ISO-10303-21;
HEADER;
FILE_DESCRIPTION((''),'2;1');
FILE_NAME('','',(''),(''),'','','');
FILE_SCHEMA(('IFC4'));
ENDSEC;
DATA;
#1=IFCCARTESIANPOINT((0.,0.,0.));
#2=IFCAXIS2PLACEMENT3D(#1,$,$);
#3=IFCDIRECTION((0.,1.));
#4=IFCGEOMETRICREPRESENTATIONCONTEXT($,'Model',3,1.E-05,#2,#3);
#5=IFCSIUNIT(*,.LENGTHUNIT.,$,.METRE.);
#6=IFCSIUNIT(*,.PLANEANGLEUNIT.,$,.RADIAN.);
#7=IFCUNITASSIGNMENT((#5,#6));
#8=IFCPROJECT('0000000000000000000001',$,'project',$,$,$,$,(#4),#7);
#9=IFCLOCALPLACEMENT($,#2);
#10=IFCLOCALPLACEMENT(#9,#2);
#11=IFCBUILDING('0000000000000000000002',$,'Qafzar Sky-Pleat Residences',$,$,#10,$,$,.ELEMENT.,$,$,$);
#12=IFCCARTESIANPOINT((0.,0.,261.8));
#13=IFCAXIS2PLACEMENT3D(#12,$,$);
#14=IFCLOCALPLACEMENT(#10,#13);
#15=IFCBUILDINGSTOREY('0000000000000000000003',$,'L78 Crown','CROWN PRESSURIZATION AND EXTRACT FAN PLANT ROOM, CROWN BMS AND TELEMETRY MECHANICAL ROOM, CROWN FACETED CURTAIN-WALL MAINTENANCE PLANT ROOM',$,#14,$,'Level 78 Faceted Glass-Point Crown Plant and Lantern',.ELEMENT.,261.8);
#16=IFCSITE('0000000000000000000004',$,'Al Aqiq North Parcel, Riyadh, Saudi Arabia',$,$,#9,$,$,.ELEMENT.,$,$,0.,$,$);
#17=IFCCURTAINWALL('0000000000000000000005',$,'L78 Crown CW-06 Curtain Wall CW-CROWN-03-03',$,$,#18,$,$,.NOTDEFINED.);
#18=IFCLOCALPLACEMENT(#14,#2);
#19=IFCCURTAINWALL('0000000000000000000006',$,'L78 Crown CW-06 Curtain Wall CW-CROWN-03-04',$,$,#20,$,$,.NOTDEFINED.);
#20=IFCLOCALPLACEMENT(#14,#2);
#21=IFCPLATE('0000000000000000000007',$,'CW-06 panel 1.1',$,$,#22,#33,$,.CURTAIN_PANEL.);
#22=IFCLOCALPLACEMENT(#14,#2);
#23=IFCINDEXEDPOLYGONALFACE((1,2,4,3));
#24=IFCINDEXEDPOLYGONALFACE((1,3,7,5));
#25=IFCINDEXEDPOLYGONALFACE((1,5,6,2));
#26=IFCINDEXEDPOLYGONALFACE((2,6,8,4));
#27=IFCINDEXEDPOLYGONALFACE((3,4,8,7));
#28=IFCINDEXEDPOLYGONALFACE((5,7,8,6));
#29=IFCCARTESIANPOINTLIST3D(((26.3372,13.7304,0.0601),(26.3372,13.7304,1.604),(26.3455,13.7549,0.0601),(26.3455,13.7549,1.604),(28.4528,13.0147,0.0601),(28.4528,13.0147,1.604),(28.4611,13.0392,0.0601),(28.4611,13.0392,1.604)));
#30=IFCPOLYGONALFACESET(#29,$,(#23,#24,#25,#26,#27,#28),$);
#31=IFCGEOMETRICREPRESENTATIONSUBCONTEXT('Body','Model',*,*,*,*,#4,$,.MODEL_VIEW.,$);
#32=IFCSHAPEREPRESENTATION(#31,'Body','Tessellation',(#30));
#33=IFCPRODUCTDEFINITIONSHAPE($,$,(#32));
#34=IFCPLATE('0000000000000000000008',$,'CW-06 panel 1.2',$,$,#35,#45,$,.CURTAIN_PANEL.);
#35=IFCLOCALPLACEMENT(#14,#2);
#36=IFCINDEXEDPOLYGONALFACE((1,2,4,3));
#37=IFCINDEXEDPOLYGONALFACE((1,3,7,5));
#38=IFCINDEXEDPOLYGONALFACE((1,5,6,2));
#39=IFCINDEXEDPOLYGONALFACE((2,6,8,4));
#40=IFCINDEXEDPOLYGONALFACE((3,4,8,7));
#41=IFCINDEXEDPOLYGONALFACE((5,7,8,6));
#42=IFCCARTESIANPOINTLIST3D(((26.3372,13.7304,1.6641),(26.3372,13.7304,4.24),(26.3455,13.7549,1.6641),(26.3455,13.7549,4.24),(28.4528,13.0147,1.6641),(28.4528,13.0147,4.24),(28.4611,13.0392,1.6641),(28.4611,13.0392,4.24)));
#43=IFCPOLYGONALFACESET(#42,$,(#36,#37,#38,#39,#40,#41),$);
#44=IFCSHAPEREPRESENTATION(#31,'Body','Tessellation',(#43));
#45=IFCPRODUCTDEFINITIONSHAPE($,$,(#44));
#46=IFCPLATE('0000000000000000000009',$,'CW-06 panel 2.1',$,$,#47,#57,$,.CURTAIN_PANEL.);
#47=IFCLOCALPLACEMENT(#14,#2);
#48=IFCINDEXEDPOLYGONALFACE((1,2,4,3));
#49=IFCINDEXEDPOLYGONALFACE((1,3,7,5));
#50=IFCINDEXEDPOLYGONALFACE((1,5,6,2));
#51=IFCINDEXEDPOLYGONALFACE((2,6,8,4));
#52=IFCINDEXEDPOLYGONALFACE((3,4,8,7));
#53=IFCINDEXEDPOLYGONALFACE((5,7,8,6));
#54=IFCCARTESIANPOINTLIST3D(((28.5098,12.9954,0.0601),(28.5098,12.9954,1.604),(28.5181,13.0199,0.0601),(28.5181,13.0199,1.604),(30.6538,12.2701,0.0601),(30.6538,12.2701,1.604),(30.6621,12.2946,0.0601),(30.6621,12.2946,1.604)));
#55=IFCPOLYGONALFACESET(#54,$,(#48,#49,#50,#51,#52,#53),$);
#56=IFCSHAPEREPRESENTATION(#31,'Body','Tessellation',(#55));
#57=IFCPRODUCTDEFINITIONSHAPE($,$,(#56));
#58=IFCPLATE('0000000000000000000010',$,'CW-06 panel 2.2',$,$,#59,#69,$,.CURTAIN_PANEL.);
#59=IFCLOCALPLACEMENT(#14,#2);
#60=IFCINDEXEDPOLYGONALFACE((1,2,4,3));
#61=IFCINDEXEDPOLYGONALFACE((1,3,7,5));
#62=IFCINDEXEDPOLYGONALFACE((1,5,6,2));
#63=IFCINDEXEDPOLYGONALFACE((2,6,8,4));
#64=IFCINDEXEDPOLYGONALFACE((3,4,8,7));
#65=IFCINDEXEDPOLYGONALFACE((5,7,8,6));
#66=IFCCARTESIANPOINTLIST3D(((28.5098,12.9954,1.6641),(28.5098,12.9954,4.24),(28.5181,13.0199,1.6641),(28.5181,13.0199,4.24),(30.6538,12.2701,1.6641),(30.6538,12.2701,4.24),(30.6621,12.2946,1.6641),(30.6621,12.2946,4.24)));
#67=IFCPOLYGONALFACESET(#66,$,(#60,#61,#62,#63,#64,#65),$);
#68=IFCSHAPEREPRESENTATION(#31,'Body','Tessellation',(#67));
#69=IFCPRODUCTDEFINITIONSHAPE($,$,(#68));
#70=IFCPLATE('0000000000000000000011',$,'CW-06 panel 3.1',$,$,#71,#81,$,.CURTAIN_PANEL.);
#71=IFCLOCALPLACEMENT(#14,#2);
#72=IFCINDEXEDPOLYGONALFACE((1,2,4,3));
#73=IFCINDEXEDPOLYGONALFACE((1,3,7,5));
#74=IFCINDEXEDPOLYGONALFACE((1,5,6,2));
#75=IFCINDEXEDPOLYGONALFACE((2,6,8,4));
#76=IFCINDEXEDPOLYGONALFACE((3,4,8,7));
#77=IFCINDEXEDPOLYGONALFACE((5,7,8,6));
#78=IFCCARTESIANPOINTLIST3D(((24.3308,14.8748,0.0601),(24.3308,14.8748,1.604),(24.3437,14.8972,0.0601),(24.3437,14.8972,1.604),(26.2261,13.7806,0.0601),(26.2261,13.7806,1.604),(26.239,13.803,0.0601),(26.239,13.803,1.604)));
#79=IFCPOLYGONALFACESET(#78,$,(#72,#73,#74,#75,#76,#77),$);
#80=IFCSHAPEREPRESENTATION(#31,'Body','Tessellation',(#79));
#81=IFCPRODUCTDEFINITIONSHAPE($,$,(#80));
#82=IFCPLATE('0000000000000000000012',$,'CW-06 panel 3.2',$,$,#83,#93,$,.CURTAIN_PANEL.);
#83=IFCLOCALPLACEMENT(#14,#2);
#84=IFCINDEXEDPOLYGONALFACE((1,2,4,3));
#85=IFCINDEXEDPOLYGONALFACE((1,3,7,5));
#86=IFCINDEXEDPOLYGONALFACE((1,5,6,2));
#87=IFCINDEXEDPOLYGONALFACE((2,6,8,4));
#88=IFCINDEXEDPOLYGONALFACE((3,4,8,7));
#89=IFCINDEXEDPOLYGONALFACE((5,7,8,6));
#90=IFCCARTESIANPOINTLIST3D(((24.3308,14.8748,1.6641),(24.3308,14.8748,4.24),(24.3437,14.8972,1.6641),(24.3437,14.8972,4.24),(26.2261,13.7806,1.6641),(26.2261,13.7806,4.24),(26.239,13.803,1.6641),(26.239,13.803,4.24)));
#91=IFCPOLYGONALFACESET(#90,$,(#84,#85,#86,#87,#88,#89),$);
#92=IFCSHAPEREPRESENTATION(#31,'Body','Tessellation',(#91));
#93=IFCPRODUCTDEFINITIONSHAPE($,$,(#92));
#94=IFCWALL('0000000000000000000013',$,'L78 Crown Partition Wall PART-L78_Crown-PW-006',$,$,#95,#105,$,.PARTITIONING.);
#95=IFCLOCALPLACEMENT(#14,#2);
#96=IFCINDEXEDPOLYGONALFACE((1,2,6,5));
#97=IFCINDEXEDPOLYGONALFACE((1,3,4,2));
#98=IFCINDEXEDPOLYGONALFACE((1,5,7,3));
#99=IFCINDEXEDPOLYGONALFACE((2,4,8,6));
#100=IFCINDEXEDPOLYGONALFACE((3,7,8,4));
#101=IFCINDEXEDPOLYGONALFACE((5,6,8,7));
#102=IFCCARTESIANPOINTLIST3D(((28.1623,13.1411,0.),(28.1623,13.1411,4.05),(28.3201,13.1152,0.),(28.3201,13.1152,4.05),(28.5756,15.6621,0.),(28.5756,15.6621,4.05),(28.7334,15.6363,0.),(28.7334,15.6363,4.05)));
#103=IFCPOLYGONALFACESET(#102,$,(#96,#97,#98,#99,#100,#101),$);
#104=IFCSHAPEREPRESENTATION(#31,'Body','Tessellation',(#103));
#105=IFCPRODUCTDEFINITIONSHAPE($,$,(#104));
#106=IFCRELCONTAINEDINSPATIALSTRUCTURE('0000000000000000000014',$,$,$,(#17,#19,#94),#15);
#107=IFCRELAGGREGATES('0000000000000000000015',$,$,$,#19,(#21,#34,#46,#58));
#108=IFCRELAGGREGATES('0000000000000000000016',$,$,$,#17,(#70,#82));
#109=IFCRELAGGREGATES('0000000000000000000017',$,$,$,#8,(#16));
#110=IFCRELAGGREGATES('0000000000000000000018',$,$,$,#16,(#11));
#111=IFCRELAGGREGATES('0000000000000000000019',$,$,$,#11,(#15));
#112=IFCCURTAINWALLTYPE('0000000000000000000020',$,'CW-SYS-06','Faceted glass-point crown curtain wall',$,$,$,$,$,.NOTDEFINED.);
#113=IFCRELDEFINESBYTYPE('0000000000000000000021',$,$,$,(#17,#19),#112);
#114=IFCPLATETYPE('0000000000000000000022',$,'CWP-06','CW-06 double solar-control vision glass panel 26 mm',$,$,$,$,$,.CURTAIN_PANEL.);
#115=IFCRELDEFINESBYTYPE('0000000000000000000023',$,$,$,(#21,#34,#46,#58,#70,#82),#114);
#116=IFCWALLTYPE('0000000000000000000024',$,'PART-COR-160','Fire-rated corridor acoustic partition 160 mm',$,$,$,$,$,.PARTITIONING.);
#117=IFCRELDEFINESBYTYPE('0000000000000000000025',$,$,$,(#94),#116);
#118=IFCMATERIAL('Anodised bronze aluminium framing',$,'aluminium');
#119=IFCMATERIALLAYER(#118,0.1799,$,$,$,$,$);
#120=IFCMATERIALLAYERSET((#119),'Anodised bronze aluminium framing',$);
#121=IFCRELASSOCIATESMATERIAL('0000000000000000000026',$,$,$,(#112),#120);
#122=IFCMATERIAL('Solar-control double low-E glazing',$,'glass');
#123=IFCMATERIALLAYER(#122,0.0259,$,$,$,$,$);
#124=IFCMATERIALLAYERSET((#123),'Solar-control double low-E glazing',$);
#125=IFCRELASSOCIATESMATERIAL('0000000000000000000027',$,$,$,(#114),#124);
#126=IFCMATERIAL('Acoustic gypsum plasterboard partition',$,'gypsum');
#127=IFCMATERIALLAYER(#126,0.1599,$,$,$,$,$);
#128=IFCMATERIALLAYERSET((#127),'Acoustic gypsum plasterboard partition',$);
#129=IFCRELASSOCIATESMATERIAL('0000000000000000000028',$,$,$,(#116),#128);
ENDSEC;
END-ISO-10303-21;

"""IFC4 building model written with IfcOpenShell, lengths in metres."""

from ifc_helpers import new_model, si_unit, direction, frame, frame_2d, origin, origin_2d, place, context, subcontext, project, spatial, rectangle, extrude, source, transform, mapped, material, layer, layer_set, type_object, element, aggregate, save


model = new_model("IFC4")

# Units and contexts
model_context = context("Model", 3, precision=1e-05, world=origin(), true_north=direction((0.0, 1.0)))
body_context = subcontext(model_context, "Body", "Model", "MODEL_VIEW")
ifc_project = project(units=[si_unit("LENGTHUNIT", "METRE"), si_unit("PLANEANGLEUNIT", "RADIAN")], contexts=[model_context])

# Site, building, storey
site_placement = place(None, origin())
site = spatial("IfcSite", under=ifc_project, at=site_placement, Name="Al Aqiq North Parcel, Riyadh, Saudi Arabia", CompositionType="ELEMENT", RefElevation=0.0)
building_placement = place(site_placement, origin())
building = spatial("IfcBuilding", under=site, at=building_placement, Name="Qafzar Sky-Pleat Residences", CompositionType="ELEMENT")
storey_placement = place(building_placement, frame((0.0, 0.0, 261.8)))
storey = spatial("IfcBuildingStorey", under=building, at=storey_placement, Name="L78 Crown", Description="CROWN PRESSURIZATION AND EXTRACT FAN PLANT ROOM, CROWN BMS AND TELEMETRY MECHANICAL ROOM, CROWN FACETED CURTAIN-WALL MAINTENANCE PLANT ROOM", LongName="Level 78 Faceted Glass-Point Crown Plant and Lantern", CompositionType="ELEMENT", Elevation=261.8)

# Curtain walls
ifc_material_1 = material(Name="Anodised bronze aluminium framing", Category="aluminium")
ifc_layer_1 = layer(ifc_material_1, 0.1799)
ifc_layer_set_1 = layer_set([ifc_layer_1], Name="Anodised bronze aluminium framing")
curtain_wall_type = type_object("IfcCurtainWallType", Name="CW-SYS-06", Description="Faceted glass-point crown curtain wall", PredefinedType="NOTDEFINED", material=ifc_layer_set_1)
curtain_wall_1_placement = place(storey_placement, origin())
curtain_wall_1 = element("IfcCurtainWall", 1, at=curtain_wall_1_placement, inside=storey, type_object=curtain_wall_type, Name="L78 Crown CW-06 Curtain Wall CW-CROWN-03-03", PredefinedType="NOTDEFINED")
curtain_wall_2_placement = place(storey_placement, origin())
curtain_wall_2 = element("IfcCurtainWall", 2, at=curtain_wall_2_placement, inside=storey, type_object=curtain_wall_type, Name="L78 Crown CW-06 Curtain Wall CW-CROWN-03-04", PredefinedType="NOTDEFINED")

# Plates
ifc_material_2 = material(Name="Solar-control double low-E glazing", Category="glass")
ifc_layer_2 = layer(ifc_material_2, 0.0259)
ifc_layer_set_2 = layer_set([ifc_layer_2], Name="Solar-control double low-E glazing")
plate_type = type_object("IfcPlateType", Name="CWP-06", Description="CW-06 double solar-control vision glass panel 26 mm", PredefinedType="CURTAIN_PANEL", material=ifc_layer_set_2)
shared_shape_1 = source(origin(), body_context, "Body", "SweptSolid", [
    extrude(rectangle(XDim=2.2334, YDim=0.0259, at=origin_2d()), origin(), (0.0, 0.0, 1.0), 1.5439),
])
plate_1_placement = place(storey_placement, frame((27.3992, 13.3848, 0.0601), z_axis=(0.0, 0.0, 1.0), x_axis=(0.947265, -0.320451, 0.0)))
plate_1 = element("IfcPlate", 3, at=plate_1_placement, type_object=plate_type, Name="CW-06 panel 1.1", PredefinedType="CURTAIN_PANEL", context=body_context, shape_type="MappedRepresentation", body=[
    mapped(shared_shape_1, transform((0.0, 0.0, 0.0), x_axis=(1.0, 0.0, 0.0), y_axis=(0.0, 1.0, 0.0), z_axis=(0.0, 0.0, 1.0), scale=1.0)),
])
shared_shape_2 = source(origin(), body_context, "Body", "SweptSolid", [
    extrude(rectangle(XDim=2.2334, YDim=0.0259, at=origin_2d()), origin(), (0.0, 0.0, 1.0), 2.5759),
])
plate_2_placement = place(storey_placement, frame((27.3992, 13.3848, 1.6641), z_axis=(0.0, 0.0, 1.0), x_axis=(0.947265, -0.320451, 0.0)))
plate_2 = element("IfcPlate", 4, at=plate_2_placement, type_object=plate_type, Name="CW-06 panel 1.2", PredefinedType="CURTAIN_PANEL", context=body_context, shape_type="MappedRepresentation", body=[
    mapped(shared_shape_2, transform((0.0, 0.0, 0.0), x_axis=(1.0, 0.0, 0.0), y_axis=(0.0, 1.0, 0.0), z_axis=(0.0, 0.0, 1.0), scale=1.0)),
])
shared_shape_3 = source(origin(), body_context, "Body", "SweptSolid", [
    extrude(rectangle(XDim=2.2634, YDim=0.0259, at=origin_2d()), origin(), (0.0, 0.0, 1.0), 1.5439),
])
plate_3_placement = place(storey_placement, frame((29.5859, 12.645, 0.0601), z_axis=(0.0, 0.0, 1.0), x_axis=(0.947265, -0.320451, 0.0)))
plate_3 = element("IfcPlate", 5, at=plate_3_placement, type_object=plate_type, Name="CW-06 panel 2.1", PredefinedType="CURTAIN_PANEL", context=body_context, shape_type="MappedRepresentation", body=[
    mapped(shared_shape_3, transform((0.0, 0.0, 0.0), x_axis=(1.0, 0.0, 0.0), y_axis=(0.0, 1.0, 0.0), z_axis=(0.0, 0.0, 1.0), scale=1.0)),
])
shared_shape_4 = source(origin(), body_context, "Body", "SweptSolid", [
    extrude(rectangle(XDim=2.2634, YDim=0.0259, at=origin_2d()), origin(), (0.0, 0.0, 1.0), 2.5759),
])
plate_4_placement = place(storey_placement, frame((29.5859, 12.645, 1.6641), z_axis=(0.0, 0.0, 1.0), x_axis=(0.947265, -0.320451, 0.0)))
plate_4 = element("IfcPlate", 6, at=plate_4_placement, type_object=plate_type, Name="CW-06 panel 2.2", PredefinedType="CURTAIN_PANEL", context=body_context, shape_type="MappedRepresentation", body=[
    mapped(shared_shape_4, transform((0.0, 0.0, 0.0), x_axis=(1.0, 0.0, 0.0), y_axis=(0.0, 1.0, 0.0), z_axis=(0.0, 0.0, 1.0), scale=1.0)),
])
aggregate(curtain_wall_2, [plate_1, plate_2, plate_3, plate_4])
shared_shape_5 = source(origin(), body_context, "Body", "SweptSolid", [
    extrude(rectangle(XDim=2.1885, YDim=0.0259, at=origin_2d()), origin(), (0.0, 0.0, 1.0), 1.5439),
])
plate_5_placement = place(storey_placement, frame((25.2849, 14.3389, 0.0601), z_axis=(0.0, 0.0, 1.0), x_axis=(0.86603, -0.499993, 0.0)))
plate_5 = element("IfcPlate", 7, at=plate_5_placement, type_object=plate_type, Name="CW-06 panel 3.1", PredefinedType="CURTAIN_PANEL", context=body_context, shape_type="MappedRepresentation", body=[
    mapped(shared_shape_5, transform((0.0, 0.0, 0.0), x_axis=(1.0, 0.0, 0.0), y_axis=(0.0, 1.0, 0.0), z_axis=(0.0, 0.0, 1.0), scale=1.0)),
])
shared_shape_6 = source(origin(), body_context, "Body", "SweptSolid", [
    extrude(rectangle(XDim=2.1885, YDim=0.0259, at=origin_2d()), origin(), (0.0, 0.0, 1.0), 2.5759),
])
plate_6_placement = place(storey_placement, frame((25.2849, 14.3389, 1.6641), z_axis=(0.0, 0.0, 1.0), x_axis=(0.86603, -0.499993, 0.0)))
plate_6 = element("IfcPlate", 8, at=plate_6_placement, type_object=plate_type, Name="CW-06 panel 3.2", PredefinedType="CURTAIN_PANEL", context=body_context, shape_type="MappedRepresentation", body=[
    mapped(shared_shape_6, transform((0.0, 0.0, 0.0), x_axis=(1.0, 0.0, 0.0), y_axis=(0.0, 1.0, 0.0), z_axis=(0.0, 0.0, 1.0), scale=1.0)),
])
aggregate(curtain_wall_1, [plate_5, plate_6])

# Wall
ifc_material_3 = material(Name="Acoustic gypsum plasterboard partition", Category="gypsum")
ifc_layer_3 = layer(ifc_material_3, 0.1599)
ifc_layer_set_3 = layer_set([ifc_layer_3], Name="Acoustic gypsum plasterboard partition")
wall_type = type_object("IfcWallType", Name="PART-COR-160", Description="Fire-rated corridor acoustic partition 160 mm", PredefinedType="PARTITIONING", material=ifc_layer_set_3)
wall_placement = place(storey_placement, frame((28.2412, 13.1282, 0.0), z_axis=(0.0, 0.0, 1.0), x_axis=(0.161795, 0.986824, 0.0)))
element("IfcWall", 9, at=wall_placement, inside=storey, type_object=wall_type, Name="L78 Crown Partition Wall PART-L78_Crown-PW-006", PredefinedType="PARTITIONING", context=body_context, shape_type="SweptSolid", body=[
    extrude(rectangle(XDim=2.5547, YDim=0.1599, at=frame_2d((1.2773, 0.0))), origin(), (0.0, 0.0, 1.0), 4.05),
])

save(model, "model.ifc")
